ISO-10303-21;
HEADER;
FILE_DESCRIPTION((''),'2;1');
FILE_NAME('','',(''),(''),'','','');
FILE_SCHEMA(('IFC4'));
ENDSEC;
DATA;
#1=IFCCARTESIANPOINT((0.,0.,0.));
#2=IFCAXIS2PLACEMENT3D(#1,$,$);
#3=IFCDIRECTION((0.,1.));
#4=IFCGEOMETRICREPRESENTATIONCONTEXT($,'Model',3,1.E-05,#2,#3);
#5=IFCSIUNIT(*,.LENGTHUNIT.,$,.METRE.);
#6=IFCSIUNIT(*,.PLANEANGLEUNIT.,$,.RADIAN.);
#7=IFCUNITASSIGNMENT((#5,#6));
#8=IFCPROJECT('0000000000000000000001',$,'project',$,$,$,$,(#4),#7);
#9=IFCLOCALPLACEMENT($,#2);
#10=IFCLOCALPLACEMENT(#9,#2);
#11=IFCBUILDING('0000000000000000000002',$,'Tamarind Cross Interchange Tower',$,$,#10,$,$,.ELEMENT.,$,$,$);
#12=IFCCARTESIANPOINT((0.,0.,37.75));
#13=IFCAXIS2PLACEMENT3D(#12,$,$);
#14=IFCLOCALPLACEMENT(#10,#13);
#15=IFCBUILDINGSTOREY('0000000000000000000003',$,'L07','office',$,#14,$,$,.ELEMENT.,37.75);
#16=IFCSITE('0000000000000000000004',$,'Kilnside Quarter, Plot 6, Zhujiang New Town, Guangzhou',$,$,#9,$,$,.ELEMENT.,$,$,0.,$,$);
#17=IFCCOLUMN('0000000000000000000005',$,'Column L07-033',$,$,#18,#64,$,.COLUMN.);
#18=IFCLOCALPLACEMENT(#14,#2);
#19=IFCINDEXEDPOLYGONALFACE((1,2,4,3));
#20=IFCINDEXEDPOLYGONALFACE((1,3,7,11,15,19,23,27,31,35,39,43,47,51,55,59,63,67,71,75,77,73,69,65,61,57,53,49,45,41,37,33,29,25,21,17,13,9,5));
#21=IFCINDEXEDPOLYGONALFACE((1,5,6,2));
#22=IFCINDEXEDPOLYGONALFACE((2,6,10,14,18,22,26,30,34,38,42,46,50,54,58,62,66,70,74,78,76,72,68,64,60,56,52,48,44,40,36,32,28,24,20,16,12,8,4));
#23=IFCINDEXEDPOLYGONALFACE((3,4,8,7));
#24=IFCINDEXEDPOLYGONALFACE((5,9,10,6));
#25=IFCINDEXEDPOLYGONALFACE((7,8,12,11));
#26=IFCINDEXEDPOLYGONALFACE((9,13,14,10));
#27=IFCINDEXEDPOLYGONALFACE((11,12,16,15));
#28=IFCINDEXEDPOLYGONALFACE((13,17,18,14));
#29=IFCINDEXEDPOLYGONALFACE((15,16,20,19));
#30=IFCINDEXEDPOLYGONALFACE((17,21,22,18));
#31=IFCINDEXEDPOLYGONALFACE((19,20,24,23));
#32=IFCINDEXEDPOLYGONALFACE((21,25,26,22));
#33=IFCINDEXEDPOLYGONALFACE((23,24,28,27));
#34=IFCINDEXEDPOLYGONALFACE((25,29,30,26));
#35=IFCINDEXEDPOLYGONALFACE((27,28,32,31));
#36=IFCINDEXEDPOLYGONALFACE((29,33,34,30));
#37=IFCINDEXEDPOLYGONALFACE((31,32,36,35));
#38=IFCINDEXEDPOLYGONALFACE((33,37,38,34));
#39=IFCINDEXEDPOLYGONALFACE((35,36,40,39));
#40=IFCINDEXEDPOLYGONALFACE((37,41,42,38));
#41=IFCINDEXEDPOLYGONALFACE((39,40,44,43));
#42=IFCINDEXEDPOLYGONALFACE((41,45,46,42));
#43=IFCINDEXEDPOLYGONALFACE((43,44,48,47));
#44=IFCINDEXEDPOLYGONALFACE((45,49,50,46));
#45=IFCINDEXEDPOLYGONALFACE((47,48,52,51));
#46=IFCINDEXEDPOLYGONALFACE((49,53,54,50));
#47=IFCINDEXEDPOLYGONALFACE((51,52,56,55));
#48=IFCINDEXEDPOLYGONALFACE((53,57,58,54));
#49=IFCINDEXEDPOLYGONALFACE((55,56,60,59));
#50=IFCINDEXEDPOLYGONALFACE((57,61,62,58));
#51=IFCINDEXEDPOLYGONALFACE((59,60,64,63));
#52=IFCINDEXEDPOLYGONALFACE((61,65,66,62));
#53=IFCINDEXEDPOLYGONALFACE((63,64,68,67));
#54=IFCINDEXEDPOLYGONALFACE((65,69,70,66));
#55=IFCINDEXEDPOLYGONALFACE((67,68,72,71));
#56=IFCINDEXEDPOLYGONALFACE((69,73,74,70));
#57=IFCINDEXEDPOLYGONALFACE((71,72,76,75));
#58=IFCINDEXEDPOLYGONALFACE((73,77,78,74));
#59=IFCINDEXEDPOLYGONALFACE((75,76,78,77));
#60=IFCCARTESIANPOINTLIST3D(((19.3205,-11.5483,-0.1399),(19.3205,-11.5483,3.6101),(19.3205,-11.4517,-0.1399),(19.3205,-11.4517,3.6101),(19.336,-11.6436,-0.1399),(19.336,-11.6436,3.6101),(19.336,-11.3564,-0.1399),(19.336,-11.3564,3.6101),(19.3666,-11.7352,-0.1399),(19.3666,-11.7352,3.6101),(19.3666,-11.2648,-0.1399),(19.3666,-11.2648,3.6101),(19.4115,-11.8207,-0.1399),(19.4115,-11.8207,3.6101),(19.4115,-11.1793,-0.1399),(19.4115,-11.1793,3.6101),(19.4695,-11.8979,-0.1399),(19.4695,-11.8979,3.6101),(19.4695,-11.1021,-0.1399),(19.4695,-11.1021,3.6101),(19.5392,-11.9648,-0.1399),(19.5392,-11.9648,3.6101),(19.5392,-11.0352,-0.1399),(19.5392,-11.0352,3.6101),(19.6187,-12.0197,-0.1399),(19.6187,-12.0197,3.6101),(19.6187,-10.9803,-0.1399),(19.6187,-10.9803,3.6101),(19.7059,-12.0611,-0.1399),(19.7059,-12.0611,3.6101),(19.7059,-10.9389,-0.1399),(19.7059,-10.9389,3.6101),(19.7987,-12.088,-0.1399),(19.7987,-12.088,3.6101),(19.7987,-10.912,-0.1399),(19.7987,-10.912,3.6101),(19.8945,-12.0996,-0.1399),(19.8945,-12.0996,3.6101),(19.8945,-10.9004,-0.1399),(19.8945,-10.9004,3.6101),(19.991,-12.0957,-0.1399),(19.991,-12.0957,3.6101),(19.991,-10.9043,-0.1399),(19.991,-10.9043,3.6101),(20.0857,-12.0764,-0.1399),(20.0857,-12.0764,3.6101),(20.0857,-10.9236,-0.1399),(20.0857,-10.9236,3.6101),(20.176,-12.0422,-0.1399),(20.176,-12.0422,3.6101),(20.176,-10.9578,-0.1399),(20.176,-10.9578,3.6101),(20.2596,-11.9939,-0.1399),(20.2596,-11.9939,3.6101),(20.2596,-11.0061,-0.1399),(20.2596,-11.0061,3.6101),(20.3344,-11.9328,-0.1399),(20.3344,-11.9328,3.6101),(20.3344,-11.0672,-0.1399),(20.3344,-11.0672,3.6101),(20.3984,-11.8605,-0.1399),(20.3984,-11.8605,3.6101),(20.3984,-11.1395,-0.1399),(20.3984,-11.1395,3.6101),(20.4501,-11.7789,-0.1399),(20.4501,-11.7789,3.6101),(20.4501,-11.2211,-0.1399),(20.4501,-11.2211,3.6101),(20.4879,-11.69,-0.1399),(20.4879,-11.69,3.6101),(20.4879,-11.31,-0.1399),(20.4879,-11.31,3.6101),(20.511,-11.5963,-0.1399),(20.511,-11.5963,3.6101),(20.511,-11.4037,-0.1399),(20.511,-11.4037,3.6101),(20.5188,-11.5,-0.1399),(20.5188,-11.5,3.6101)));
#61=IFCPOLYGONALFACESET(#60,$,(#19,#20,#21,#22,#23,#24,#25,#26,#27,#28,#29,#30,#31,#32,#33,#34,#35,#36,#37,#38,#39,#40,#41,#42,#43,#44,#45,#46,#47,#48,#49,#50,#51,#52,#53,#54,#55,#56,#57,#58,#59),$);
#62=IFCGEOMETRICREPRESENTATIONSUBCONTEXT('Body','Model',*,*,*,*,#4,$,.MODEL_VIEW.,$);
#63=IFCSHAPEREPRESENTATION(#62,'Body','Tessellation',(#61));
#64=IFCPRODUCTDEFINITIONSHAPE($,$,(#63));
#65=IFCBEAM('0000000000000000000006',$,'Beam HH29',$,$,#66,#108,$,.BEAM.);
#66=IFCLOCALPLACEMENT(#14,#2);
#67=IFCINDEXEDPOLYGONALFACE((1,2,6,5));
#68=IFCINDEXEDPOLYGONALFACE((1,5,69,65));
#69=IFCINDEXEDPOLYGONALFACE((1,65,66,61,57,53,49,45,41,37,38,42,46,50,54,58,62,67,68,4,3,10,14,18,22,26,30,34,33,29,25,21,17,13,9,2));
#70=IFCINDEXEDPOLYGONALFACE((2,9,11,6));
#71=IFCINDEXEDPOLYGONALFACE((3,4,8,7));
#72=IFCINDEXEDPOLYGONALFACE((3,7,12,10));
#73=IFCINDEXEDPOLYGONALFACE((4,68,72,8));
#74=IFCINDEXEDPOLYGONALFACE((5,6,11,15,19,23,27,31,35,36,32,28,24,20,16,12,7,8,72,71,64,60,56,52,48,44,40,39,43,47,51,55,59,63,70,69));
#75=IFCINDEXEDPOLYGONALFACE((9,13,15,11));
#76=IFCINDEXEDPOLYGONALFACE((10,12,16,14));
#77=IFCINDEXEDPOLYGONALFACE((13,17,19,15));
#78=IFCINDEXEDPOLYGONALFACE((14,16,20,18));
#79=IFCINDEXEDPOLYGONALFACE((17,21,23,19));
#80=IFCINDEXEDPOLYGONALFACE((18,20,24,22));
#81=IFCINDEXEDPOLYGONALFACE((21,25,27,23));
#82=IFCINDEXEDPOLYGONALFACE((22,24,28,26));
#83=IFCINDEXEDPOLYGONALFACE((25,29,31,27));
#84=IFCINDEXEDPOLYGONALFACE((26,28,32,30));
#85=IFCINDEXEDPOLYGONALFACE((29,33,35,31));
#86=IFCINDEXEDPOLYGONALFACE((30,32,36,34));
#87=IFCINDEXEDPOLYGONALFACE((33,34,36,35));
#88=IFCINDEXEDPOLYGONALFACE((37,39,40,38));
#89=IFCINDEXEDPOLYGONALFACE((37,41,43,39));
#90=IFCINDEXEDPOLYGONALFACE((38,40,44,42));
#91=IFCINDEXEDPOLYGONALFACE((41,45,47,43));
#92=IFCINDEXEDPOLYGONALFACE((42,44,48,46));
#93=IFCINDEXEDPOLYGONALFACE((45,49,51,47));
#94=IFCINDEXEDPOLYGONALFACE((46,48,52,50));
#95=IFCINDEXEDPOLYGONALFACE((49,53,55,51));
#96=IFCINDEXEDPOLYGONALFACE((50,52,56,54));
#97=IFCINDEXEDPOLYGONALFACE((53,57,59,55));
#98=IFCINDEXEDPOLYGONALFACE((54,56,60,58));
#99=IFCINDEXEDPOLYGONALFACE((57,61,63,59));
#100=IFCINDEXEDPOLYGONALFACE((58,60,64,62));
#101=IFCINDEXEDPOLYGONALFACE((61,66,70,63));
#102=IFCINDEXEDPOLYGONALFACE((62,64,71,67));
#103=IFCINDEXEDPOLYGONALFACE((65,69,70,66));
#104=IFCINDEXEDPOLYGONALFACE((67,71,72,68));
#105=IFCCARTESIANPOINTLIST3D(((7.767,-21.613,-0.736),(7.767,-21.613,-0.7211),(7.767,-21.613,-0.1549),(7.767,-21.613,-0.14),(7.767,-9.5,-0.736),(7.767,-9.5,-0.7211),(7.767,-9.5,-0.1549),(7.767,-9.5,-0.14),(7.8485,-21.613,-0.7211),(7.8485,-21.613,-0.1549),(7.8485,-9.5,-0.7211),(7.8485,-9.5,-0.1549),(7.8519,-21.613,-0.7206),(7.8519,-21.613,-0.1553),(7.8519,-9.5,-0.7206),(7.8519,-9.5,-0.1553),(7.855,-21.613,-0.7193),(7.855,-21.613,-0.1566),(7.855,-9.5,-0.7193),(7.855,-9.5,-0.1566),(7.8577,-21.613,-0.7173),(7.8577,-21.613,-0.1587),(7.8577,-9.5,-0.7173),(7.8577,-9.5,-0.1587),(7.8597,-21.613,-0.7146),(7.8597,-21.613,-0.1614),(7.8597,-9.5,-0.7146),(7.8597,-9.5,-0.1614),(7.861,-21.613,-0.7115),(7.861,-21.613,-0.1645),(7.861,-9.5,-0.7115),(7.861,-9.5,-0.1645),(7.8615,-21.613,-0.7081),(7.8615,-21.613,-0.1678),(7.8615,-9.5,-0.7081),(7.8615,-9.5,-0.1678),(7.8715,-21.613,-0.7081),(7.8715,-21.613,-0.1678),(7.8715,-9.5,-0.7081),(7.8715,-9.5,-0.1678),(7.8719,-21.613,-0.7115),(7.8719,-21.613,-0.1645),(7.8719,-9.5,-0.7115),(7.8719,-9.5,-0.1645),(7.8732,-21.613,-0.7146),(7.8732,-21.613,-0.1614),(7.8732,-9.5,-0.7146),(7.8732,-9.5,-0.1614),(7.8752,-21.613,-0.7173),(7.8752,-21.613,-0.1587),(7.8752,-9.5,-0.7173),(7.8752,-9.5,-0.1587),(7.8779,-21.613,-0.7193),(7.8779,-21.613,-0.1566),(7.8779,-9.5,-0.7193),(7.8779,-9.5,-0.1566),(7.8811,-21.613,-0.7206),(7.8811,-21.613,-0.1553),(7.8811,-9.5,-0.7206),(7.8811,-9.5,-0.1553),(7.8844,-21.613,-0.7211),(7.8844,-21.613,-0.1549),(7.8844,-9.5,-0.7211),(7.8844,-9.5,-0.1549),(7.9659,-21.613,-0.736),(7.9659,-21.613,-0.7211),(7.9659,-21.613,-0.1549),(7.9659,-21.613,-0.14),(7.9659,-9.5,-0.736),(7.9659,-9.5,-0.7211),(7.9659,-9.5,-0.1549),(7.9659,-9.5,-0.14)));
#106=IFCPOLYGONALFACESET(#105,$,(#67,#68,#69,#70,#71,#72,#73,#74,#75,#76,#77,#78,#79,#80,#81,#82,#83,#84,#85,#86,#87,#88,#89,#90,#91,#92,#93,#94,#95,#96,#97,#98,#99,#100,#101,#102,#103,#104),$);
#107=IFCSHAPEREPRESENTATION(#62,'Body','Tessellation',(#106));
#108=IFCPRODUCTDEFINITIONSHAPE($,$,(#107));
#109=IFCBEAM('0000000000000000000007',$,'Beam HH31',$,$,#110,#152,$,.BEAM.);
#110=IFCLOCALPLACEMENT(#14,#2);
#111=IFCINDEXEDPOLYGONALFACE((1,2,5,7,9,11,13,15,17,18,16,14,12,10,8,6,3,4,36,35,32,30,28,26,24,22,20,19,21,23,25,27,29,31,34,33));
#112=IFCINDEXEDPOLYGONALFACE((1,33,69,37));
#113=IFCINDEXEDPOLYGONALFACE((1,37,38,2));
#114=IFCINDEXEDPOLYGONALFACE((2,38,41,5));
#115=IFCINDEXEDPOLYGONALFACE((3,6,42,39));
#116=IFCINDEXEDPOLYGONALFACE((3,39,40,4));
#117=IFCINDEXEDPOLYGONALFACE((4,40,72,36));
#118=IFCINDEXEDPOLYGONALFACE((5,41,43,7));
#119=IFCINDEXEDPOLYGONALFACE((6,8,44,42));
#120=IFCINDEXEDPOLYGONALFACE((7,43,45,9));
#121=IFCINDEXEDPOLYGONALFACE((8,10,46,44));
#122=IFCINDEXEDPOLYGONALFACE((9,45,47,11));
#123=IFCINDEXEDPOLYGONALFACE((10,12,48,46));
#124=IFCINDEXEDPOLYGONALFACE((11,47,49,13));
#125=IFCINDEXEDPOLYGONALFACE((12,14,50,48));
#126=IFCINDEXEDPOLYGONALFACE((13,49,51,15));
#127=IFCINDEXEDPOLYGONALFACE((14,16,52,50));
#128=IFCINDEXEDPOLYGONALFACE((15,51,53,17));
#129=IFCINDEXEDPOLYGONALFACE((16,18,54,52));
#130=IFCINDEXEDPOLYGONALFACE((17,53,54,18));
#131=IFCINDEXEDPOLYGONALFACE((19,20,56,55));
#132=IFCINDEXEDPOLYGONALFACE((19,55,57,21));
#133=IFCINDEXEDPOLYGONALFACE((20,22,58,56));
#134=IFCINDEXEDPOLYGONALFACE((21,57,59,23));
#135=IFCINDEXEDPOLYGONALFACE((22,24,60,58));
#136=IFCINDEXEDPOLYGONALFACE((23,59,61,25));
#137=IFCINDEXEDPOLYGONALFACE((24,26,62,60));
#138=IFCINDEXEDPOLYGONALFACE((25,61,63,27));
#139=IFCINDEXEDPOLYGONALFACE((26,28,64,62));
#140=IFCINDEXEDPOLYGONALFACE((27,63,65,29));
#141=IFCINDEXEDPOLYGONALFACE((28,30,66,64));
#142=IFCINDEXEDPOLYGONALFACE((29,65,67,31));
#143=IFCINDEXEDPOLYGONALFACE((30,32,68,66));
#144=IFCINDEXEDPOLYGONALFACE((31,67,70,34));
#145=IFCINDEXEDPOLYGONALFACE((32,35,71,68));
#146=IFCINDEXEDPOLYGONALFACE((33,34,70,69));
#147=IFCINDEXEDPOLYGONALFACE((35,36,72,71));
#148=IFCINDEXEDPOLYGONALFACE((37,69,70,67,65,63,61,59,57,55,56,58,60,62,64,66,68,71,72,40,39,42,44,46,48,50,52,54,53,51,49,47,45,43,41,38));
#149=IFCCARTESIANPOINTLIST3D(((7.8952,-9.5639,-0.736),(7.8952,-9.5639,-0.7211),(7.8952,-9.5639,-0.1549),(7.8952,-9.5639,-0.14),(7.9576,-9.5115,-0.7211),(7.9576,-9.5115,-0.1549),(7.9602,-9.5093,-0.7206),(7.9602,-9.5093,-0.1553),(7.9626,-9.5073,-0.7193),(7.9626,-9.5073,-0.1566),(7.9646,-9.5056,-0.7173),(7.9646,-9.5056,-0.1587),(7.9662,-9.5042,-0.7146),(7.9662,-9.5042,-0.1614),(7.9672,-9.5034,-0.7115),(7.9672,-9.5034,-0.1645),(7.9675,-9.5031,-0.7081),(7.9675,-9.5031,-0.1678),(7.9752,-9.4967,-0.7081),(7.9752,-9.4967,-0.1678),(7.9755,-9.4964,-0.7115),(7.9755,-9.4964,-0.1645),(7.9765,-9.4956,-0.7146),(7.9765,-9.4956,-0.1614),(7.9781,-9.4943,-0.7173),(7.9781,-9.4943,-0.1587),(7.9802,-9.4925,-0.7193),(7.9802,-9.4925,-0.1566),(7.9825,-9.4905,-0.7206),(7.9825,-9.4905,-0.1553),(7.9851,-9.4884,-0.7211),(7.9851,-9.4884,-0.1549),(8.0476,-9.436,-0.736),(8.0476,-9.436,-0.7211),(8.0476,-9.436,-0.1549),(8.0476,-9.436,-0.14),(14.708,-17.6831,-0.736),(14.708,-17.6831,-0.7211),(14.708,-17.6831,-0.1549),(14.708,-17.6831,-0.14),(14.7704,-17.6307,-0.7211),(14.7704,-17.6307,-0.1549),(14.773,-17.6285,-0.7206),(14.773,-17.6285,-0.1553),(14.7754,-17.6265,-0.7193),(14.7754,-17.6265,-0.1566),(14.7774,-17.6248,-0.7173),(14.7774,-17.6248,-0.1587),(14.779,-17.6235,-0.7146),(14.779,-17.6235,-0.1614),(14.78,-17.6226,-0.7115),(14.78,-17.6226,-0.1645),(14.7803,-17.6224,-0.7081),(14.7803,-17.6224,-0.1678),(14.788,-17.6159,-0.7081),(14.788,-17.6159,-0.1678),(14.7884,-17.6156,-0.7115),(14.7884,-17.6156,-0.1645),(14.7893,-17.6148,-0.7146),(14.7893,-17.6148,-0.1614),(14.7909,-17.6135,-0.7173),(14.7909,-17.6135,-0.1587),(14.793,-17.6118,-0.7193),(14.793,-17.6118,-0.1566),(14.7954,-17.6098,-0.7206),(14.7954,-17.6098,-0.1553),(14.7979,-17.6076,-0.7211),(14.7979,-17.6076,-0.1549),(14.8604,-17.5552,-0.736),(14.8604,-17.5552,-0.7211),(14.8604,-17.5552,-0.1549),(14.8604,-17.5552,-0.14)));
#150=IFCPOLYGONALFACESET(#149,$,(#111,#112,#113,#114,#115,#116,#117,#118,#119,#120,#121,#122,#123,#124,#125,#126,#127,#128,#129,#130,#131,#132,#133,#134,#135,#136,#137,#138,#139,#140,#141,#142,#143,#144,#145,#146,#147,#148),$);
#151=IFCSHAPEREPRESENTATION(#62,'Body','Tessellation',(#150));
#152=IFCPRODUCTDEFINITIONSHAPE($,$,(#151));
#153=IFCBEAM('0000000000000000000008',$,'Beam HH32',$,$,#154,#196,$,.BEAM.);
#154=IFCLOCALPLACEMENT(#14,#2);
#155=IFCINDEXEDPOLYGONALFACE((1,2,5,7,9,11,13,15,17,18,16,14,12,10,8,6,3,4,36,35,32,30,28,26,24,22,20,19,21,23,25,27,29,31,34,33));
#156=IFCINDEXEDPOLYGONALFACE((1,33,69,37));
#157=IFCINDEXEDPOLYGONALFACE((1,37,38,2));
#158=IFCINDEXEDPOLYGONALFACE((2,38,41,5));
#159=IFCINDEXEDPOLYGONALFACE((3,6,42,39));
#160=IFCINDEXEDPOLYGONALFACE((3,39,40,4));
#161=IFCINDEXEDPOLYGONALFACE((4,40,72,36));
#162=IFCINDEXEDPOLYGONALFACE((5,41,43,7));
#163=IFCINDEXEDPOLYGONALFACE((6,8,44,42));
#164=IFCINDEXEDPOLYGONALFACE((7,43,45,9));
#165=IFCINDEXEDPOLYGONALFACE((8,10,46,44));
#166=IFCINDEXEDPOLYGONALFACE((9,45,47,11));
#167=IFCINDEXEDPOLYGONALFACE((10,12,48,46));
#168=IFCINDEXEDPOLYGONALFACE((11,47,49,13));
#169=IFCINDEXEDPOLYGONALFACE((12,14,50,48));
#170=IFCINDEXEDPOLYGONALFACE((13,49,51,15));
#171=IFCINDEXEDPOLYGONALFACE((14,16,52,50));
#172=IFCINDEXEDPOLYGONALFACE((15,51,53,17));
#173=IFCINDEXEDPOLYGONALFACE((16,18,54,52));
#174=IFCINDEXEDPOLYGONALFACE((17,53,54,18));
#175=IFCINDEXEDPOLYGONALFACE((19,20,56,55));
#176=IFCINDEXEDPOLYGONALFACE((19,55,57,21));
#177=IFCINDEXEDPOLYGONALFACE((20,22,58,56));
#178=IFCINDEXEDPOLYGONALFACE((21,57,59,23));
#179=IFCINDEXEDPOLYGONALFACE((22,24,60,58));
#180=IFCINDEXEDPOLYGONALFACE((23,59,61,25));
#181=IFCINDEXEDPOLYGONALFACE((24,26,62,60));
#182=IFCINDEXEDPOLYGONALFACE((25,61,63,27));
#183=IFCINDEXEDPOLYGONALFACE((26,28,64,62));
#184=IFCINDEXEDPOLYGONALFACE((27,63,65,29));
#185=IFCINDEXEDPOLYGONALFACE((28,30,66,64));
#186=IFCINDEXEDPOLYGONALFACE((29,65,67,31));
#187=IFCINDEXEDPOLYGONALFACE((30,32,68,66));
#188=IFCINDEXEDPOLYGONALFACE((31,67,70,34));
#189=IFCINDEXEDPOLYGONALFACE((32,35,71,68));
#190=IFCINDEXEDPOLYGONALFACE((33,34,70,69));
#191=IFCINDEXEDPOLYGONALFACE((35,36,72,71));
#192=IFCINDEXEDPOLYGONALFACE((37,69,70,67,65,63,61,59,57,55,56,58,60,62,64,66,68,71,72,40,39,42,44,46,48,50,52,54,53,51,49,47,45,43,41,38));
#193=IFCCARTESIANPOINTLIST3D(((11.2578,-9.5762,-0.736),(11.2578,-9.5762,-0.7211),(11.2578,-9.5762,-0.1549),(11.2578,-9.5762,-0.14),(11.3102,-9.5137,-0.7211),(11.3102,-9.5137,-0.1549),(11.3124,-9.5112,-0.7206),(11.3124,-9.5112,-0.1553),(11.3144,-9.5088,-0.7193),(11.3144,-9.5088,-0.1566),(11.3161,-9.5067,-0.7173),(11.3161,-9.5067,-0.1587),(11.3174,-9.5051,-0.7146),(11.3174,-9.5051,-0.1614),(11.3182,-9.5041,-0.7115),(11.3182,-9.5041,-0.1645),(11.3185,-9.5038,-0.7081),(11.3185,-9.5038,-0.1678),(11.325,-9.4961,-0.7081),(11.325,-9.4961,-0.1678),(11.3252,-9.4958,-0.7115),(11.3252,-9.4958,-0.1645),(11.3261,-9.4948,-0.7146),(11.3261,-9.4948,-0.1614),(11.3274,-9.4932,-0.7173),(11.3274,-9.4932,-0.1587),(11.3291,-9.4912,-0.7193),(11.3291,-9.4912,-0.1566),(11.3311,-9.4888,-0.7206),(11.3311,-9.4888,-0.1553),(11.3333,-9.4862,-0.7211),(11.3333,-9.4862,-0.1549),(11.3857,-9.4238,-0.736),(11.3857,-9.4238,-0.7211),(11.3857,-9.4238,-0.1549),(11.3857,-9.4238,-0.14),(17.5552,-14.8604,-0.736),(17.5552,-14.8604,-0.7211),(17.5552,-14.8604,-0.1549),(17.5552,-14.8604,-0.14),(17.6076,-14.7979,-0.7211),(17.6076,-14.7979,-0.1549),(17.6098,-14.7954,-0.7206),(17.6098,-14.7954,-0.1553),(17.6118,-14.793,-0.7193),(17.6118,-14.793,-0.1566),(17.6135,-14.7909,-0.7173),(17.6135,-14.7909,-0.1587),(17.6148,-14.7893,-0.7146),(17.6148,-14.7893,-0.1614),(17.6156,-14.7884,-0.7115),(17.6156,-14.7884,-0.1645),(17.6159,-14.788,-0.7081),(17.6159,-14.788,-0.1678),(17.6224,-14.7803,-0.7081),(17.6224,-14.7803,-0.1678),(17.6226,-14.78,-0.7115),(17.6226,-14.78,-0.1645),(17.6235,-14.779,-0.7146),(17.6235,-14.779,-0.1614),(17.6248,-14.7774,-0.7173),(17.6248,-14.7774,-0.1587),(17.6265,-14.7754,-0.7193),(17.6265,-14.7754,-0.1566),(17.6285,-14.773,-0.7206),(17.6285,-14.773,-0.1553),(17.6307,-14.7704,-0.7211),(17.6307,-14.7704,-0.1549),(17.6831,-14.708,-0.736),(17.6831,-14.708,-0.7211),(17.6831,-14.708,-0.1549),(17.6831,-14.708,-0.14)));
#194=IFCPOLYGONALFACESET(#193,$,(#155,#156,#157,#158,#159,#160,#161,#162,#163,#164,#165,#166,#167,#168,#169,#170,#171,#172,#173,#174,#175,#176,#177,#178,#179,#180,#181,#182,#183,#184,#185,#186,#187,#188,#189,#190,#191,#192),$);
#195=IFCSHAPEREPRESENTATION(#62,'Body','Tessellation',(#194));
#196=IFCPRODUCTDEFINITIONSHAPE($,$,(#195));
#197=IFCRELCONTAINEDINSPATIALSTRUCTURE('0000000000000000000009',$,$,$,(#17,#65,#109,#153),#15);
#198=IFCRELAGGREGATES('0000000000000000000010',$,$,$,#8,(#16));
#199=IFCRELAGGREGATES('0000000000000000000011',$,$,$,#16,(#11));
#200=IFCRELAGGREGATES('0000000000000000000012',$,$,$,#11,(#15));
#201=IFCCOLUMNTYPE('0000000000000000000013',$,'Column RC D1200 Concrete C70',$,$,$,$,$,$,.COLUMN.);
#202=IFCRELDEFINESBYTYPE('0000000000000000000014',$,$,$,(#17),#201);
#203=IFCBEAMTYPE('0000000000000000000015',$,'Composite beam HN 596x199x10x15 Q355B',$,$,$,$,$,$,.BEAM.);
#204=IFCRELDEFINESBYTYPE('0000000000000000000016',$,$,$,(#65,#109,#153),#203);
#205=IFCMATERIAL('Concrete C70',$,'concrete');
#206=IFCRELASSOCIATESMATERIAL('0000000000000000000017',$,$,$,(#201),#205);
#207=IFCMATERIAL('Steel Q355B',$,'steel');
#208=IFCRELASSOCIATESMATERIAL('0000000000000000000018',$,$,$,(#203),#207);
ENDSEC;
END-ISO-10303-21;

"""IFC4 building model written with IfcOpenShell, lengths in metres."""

from ifc_helpers import new_model, si_unit, direction, frame, origin, origin_2d, place, context, subcontext, project, spatial, circle, i_section, extrude, material, material_profile, profile_set, type_object, element, save


model = new_model("IFC4")

# Units and contexts
model_context = context("Model", 3, precision=1e-05, world=origin(), true_north=direction((0.0, 1.0)))
body_context = subcontext(model_context, "Body", "Model", "MODEL_VIEW")
ifc_project = project(units=[si_unit("LENGTHUNIT", "METRE"), si_unit("PLANEANGLEUNIT", "RADIAN")], contexts=[model_context])

# Site, building, storey
site_placement = place(None, origin())
site = spatial("IfcSite", under=ifc_project, at=site_placement, Name="Kilnside Quarter, Plot 6, Zhujiang New Town, Guangzhou", CompositionType="ELEMENT", RefElevation=0.0)
building_placement = place(site_placement, origin())
building = spatial("IfcBuilding", under=site, at=building_placement, Name="Tamarind Cross Interchange Tower", CompositionType="ELEMENT")
storey_placement = place(building_placement, frame((0.0, 0.0, 37.75)))
storey = spatial("IfcBuildingStorey", under=building, at=storey_placement, Name="L07", Description="office", CompositionType="ELEMENT", Elevation=37.75)

# Column
ifc_material_1 = material(Name="Concrete C70", Category="concrete")
ifc_material_profile_1 = material_profile(ifc_material_1, circle(Radius=0.6001, at=origin_2d()), Name="RC D1200")
ifc_profile_set_1 = profile_set([ifc_material_profile_1], Name="Concrete C70")
column_type = type_object("IfcColumnType", Name="Column RC D1200 Concrete C70", PredefinedType="COLUMN", material=ifc_profile_set_1)
for number, where, z_axis, x_axis, name in (
    (1, (19.9187, -11.5, -0.1399), (0.0, 0.0, 1.0), (1.0, 0.0, 0.0), "Column L07-033"),
):
    element("IfcColumn", number, at=place(storey_placement, frame(where, z_axis=z_axis, x_axis=x_axis)), inside=storey, type_object=column_type, Name=name, PredefinedType="COLUMN", context=body_context, shape_type="SweptSolid", body=[
        extrude(circle(Radius=0.6001, at=origin_2d()), origin(), (0.0, 0.0, 1.0), 3.75),
    ])

# Beams
ifc_material_2 = material(Name="Steel Q355B", Category="steel")
ifc_material_profile_2 = material_profile(ifc_material_2, i_section(OverallWidth=0.199, OverallDepth=0.5959, WebThickness=0.01, FlangeThickness=0.0149, FilletRadius=0.0129, at=origin_2d()), Name="HN 596x199x10x15")
ifc_profile_set_2 = profile_set([ifc_material_profile_2], Name="Steel Q355B")
beam_type = type_object("IfcBeamType", Name="Composite beam HN 596x199x10x15 Q355B", PredefinedType="BEAM", material=ifc_profile_set_2)
beam_1_placement = place(storey_placement, frame((7.8665, -21.613, -0.438), z_axis=(0.0, 1.0, 0.0), x_axis=(-1.0, 0.0, 0.0)))
element("IfcBeam", 2, at=beam_1_placement, inside=storey, type_object=beam_type, Name="Beam HH29", PredefinedType="BEAM", context=body_context, shape_type="SweptSolid", body=[
    extrude(i_section(OverallWidth=0.199, OverallDepth=0.5959, WebThickness=0.01, FlangeThickness=0.0149, FilletRadius=0.0129, at=origin_2d()), origin(), (0.0, 0.0, 1.0), 12.113),
])
beam_2_placement = place(storey_placement, frame((14.7842, -17.6191, -0.438), z_axis=(-0.642786, 0.766046, 0.0), x_axis=(-0.766046, -0.642786, 0.0)))
element("IfcBeam", 3, at=beam_2_placement, inside=storey, type_object=beam_type, Name="Beam HH31", PredefinedType="BEAM", context=body_context, shape_type="SweptSolid", body=[
    extrude(i_section(OverallWidth=0.199, OverallDepth=0.5959, WebThickness=0.01, FlangeThickness=0.0149, FilletRadius=0.0129, at=origin_2d()), origin(), (0.0, 0.0, 1.0), 10.5989),
])
beam_3_placement = place(storey_placement, frame((17.6191, -14.7842, -0.438), z_axis=(-0.766041, 0.642792, 0.0), x_axis=(-0.642792, -0.766041, 0.0)))
element("IfcBeam", 4, at=beam_3_placement, inside=storey, type_object=beam_type, Name="Beam HH32", PredefinedType="BEAM", context=body_context, shape_type="SweptSolid", body=[
    extrude(i_section(OverallWidth=0.199, OverallDepth=0.5959, WebThickness=0.01, FlangeThickness=0.0149, FilletRadius=0.0129, at=origin_2d()), origin(), (0.0, 0.0, 1.0), 8.2207),
])

save(model, "model.ifc")
